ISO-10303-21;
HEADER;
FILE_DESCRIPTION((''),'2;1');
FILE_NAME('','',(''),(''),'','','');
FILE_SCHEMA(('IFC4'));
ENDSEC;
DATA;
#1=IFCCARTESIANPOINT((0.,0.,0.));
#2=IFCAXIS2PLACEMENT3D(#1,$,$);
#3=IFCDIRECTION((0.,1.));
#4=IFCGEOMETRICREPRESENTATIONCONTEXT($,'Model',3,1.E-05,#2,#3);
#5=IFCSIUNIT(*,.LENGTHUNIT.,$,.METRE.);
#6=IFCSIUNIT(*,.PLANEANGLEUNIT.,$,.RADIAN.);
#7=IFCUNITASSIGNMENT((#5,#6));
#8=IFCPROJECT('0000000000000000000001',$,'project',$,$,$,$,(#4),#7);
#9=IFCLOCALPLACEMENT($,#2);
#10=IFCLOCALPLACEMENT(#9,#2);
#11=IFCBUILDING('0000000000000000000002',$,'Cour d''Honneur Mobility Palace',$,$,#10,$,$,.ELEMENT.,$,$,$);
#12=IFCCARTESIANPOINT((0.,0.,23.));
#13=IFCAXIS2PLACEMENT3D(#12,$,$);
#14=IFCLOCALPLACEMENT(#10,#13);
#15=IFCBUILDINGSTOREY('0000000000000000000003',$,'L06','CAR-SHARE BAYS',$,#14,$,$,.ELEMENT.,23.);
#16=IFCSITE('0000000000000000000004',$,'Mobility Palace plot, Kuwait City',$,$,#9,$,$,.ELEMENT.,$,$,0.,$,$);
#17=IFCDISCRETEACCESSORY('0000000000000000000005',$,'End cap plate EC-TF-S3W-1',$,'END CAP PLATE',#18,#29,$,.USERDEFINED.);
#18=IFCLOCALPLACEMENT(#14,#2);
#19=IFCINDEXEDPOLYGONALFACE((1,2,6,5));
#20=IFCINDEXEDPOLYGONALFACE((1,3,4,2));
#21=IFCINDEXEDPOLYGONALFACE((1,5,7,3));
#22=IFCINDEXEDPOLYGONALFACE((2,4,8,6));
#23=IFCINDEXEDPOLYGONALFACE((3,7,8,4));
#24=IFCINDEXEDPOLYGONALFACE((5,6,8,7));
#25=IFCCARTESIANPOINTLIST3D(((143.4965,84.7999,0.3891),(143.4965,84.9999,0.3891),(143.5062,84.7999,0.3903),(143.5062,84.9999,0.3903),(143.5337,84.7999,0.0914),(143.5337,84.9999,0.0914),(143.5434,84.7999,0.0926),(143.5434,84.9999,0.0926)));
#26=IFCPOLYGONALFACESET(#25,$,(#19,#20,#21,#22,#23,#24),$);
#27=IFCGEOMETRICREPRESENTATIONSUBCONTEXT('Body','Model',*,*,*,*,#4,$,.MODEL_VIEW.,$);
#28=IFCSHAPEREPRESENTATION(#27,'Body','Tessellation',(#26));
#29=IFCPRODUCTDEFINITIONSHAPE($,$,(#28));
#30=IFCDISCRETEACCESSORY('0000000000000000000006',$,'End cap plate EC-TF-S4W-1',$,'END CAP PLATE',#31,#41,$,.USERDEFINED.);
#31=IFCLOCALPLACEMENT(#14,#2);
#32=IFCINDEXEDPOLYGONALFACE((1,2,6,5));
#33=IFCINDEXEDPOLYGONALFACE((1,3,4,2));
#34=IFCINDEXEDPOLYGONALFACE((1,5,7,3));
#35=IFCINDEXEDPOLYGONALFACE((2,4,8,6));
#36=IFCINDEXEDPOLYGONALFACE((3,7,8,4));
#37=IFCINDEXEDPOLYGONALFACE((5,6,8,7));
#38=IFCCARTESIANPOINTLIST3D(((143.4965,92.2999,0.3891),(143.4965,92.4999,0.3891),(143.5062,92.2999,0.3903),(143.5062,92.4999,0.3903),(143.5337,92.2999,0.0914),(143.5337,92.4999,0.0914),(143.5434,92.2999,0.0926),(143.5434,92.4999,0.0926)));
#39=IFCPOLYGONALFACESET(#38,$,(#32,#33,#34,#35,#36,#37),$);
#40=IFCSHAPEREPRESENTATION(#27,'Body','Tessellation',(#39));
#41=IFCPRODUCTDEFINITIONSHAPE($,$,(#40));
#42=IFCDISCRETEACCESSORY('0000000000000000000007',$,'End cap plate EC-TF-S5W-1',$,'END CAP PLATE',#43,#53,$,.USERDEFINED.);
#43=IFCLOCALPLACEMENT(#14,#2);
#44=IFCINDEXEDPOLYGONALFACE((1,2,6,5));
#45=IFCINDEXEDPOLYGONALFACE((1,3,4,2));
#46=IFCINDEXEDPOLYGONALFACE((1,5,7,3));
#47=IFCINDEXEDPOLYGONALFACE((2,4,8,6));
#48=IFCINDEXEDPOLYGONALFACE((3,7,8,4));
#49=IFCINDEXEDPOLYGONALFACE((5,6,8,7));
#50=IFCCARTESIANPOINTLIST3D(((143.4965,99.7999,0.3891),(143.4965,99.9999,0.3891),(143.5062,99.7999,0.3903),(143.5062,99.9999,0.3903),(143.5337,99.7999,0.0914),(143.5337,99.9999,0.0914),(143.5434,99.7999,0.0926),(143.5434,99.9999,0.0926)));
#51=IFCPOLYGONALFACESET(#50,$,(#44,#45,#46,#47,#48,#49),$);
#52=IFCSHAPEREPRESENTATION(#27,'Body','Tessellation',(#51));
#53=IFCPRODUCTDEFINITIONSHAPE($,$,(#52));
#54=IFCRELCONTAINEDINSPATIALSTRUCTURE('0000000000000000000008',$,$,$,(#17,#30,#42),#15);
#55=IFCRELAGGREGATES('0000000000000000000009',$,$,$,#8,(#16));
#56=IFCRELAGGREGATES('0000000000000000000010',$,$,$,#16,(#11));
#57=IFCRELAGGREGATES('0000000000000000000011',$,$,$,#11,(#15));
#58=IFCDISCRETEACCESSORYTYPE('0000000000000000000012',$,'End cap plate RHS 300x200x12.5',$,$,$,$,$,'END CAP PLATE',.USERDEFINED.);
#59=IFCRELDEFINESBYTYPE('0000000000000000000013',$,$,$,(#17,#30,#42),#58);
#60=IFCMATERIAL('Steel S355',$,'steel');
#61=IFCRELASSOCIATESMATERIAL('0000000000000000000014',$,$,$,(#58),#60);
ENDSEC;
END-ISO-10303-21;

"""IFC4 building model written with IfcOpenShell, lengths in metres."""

from ifc_helpers import new_model, si_unit, direction, frame, origin, origin_2d, place, context, subcontext, project, spatial, rectangle, extrude, material, material_profile, profile_set, type_object, element, save


model = new_model("IFC4")

# Units and contexts
model_context = context("Model", 3, precision=1e-05, world=origin(), true_north=direction((0.0, 1.0)))
body_context = subcontext(model_context, "Body", "Model", "MODEL_VIEW")
ifc_project = project(units=[si_unit("LENGTHUNIT", "METRE"), si_unit("PLANEANGLEUNIT", "RADIAN")], contexts=[model_context])

# Site, building, storey
site_placement = place(None, origin())
site = spatial("IfcSite", under=ifc_project, at=site_placement, Name="Mobility Palace plot, Kuwait City", CompositionType="ELEMENT", RefElevation=0.0)
building_placement = place(site_placement, origin())
building = spatial("IfcBuilding", under=site, at=building_placement, Name="Cour d'Honneur Mobility Palace", CompositionType="ELEMENT")
storey_placement = place(building_placement, frame((0.0, 0.0, 23.0)))
storey = spatial("IfcBuildingStorey", under=building, at=storey_placement, Name="L06", Description="CAR-SHARE BAYS", CompositionType="ELEMENT", Elevation=23.0)

# Discrete accessories
ifc_material_1 = material(Name="Steel S355", Category="steel")
ifc_material_profile_1 = material_profile(ifc_material_1, rectangle(XDim=0.2, YDim=0.3, at=origin_2d()), Name="PL 300x200x10")
ifc_profile_set_1 = profile_set([ifc_material_profile_1], Name="Steel S355")
discrete_accessory_type_1 = type_object("IfcDiscreteAccessoryType", Name="End cap plate RHS 300x200x12.5", ElementType="END CAP PLATE", PredefinedType="USERDEFINED", material=ifc_profile_set_1)
for number, where, z_axis, x_axis, name in (
    (1, (143.5151, 84.8999, 0.2402), (0.992278, 0.0, 0.124035), (0.0, 1.0, 0.0), "End cap plate EC-TF-S3W-1"),
    (2, (143.5151, 92.3999, 0.2402), (0.992278, 0.0, 0.124035), (0.0, 1.0, 0.0), "End cap plate EC-TF-S4W-1"),
    (3, (143.5151, 99.8999, 0.2402), (0.992278, 0.0, 0.124035), (0.0, 1.0, 0.0), "End cap plate EC-TF-S5W-1"),
):
    element("IfcDiscreteAccessory", number, at=place(storey_placement, frame(where, z_axis=z_axis, x_axis=x_axis)), inside=storey, type_object=discrete_accessory_type_1, Name=name, ObjectType="END CAP PLATE", PredefinedType="USERDEFINED", context=body_context, shape_type="SweptSolid", body=[
        extrude(rectangle(XDim=0.2, YDim=0.3, at=origin_2d()), origin(), (0.0, 0.0, 1.0), 0.0098),
    ])

save(model, "model.ifc")
